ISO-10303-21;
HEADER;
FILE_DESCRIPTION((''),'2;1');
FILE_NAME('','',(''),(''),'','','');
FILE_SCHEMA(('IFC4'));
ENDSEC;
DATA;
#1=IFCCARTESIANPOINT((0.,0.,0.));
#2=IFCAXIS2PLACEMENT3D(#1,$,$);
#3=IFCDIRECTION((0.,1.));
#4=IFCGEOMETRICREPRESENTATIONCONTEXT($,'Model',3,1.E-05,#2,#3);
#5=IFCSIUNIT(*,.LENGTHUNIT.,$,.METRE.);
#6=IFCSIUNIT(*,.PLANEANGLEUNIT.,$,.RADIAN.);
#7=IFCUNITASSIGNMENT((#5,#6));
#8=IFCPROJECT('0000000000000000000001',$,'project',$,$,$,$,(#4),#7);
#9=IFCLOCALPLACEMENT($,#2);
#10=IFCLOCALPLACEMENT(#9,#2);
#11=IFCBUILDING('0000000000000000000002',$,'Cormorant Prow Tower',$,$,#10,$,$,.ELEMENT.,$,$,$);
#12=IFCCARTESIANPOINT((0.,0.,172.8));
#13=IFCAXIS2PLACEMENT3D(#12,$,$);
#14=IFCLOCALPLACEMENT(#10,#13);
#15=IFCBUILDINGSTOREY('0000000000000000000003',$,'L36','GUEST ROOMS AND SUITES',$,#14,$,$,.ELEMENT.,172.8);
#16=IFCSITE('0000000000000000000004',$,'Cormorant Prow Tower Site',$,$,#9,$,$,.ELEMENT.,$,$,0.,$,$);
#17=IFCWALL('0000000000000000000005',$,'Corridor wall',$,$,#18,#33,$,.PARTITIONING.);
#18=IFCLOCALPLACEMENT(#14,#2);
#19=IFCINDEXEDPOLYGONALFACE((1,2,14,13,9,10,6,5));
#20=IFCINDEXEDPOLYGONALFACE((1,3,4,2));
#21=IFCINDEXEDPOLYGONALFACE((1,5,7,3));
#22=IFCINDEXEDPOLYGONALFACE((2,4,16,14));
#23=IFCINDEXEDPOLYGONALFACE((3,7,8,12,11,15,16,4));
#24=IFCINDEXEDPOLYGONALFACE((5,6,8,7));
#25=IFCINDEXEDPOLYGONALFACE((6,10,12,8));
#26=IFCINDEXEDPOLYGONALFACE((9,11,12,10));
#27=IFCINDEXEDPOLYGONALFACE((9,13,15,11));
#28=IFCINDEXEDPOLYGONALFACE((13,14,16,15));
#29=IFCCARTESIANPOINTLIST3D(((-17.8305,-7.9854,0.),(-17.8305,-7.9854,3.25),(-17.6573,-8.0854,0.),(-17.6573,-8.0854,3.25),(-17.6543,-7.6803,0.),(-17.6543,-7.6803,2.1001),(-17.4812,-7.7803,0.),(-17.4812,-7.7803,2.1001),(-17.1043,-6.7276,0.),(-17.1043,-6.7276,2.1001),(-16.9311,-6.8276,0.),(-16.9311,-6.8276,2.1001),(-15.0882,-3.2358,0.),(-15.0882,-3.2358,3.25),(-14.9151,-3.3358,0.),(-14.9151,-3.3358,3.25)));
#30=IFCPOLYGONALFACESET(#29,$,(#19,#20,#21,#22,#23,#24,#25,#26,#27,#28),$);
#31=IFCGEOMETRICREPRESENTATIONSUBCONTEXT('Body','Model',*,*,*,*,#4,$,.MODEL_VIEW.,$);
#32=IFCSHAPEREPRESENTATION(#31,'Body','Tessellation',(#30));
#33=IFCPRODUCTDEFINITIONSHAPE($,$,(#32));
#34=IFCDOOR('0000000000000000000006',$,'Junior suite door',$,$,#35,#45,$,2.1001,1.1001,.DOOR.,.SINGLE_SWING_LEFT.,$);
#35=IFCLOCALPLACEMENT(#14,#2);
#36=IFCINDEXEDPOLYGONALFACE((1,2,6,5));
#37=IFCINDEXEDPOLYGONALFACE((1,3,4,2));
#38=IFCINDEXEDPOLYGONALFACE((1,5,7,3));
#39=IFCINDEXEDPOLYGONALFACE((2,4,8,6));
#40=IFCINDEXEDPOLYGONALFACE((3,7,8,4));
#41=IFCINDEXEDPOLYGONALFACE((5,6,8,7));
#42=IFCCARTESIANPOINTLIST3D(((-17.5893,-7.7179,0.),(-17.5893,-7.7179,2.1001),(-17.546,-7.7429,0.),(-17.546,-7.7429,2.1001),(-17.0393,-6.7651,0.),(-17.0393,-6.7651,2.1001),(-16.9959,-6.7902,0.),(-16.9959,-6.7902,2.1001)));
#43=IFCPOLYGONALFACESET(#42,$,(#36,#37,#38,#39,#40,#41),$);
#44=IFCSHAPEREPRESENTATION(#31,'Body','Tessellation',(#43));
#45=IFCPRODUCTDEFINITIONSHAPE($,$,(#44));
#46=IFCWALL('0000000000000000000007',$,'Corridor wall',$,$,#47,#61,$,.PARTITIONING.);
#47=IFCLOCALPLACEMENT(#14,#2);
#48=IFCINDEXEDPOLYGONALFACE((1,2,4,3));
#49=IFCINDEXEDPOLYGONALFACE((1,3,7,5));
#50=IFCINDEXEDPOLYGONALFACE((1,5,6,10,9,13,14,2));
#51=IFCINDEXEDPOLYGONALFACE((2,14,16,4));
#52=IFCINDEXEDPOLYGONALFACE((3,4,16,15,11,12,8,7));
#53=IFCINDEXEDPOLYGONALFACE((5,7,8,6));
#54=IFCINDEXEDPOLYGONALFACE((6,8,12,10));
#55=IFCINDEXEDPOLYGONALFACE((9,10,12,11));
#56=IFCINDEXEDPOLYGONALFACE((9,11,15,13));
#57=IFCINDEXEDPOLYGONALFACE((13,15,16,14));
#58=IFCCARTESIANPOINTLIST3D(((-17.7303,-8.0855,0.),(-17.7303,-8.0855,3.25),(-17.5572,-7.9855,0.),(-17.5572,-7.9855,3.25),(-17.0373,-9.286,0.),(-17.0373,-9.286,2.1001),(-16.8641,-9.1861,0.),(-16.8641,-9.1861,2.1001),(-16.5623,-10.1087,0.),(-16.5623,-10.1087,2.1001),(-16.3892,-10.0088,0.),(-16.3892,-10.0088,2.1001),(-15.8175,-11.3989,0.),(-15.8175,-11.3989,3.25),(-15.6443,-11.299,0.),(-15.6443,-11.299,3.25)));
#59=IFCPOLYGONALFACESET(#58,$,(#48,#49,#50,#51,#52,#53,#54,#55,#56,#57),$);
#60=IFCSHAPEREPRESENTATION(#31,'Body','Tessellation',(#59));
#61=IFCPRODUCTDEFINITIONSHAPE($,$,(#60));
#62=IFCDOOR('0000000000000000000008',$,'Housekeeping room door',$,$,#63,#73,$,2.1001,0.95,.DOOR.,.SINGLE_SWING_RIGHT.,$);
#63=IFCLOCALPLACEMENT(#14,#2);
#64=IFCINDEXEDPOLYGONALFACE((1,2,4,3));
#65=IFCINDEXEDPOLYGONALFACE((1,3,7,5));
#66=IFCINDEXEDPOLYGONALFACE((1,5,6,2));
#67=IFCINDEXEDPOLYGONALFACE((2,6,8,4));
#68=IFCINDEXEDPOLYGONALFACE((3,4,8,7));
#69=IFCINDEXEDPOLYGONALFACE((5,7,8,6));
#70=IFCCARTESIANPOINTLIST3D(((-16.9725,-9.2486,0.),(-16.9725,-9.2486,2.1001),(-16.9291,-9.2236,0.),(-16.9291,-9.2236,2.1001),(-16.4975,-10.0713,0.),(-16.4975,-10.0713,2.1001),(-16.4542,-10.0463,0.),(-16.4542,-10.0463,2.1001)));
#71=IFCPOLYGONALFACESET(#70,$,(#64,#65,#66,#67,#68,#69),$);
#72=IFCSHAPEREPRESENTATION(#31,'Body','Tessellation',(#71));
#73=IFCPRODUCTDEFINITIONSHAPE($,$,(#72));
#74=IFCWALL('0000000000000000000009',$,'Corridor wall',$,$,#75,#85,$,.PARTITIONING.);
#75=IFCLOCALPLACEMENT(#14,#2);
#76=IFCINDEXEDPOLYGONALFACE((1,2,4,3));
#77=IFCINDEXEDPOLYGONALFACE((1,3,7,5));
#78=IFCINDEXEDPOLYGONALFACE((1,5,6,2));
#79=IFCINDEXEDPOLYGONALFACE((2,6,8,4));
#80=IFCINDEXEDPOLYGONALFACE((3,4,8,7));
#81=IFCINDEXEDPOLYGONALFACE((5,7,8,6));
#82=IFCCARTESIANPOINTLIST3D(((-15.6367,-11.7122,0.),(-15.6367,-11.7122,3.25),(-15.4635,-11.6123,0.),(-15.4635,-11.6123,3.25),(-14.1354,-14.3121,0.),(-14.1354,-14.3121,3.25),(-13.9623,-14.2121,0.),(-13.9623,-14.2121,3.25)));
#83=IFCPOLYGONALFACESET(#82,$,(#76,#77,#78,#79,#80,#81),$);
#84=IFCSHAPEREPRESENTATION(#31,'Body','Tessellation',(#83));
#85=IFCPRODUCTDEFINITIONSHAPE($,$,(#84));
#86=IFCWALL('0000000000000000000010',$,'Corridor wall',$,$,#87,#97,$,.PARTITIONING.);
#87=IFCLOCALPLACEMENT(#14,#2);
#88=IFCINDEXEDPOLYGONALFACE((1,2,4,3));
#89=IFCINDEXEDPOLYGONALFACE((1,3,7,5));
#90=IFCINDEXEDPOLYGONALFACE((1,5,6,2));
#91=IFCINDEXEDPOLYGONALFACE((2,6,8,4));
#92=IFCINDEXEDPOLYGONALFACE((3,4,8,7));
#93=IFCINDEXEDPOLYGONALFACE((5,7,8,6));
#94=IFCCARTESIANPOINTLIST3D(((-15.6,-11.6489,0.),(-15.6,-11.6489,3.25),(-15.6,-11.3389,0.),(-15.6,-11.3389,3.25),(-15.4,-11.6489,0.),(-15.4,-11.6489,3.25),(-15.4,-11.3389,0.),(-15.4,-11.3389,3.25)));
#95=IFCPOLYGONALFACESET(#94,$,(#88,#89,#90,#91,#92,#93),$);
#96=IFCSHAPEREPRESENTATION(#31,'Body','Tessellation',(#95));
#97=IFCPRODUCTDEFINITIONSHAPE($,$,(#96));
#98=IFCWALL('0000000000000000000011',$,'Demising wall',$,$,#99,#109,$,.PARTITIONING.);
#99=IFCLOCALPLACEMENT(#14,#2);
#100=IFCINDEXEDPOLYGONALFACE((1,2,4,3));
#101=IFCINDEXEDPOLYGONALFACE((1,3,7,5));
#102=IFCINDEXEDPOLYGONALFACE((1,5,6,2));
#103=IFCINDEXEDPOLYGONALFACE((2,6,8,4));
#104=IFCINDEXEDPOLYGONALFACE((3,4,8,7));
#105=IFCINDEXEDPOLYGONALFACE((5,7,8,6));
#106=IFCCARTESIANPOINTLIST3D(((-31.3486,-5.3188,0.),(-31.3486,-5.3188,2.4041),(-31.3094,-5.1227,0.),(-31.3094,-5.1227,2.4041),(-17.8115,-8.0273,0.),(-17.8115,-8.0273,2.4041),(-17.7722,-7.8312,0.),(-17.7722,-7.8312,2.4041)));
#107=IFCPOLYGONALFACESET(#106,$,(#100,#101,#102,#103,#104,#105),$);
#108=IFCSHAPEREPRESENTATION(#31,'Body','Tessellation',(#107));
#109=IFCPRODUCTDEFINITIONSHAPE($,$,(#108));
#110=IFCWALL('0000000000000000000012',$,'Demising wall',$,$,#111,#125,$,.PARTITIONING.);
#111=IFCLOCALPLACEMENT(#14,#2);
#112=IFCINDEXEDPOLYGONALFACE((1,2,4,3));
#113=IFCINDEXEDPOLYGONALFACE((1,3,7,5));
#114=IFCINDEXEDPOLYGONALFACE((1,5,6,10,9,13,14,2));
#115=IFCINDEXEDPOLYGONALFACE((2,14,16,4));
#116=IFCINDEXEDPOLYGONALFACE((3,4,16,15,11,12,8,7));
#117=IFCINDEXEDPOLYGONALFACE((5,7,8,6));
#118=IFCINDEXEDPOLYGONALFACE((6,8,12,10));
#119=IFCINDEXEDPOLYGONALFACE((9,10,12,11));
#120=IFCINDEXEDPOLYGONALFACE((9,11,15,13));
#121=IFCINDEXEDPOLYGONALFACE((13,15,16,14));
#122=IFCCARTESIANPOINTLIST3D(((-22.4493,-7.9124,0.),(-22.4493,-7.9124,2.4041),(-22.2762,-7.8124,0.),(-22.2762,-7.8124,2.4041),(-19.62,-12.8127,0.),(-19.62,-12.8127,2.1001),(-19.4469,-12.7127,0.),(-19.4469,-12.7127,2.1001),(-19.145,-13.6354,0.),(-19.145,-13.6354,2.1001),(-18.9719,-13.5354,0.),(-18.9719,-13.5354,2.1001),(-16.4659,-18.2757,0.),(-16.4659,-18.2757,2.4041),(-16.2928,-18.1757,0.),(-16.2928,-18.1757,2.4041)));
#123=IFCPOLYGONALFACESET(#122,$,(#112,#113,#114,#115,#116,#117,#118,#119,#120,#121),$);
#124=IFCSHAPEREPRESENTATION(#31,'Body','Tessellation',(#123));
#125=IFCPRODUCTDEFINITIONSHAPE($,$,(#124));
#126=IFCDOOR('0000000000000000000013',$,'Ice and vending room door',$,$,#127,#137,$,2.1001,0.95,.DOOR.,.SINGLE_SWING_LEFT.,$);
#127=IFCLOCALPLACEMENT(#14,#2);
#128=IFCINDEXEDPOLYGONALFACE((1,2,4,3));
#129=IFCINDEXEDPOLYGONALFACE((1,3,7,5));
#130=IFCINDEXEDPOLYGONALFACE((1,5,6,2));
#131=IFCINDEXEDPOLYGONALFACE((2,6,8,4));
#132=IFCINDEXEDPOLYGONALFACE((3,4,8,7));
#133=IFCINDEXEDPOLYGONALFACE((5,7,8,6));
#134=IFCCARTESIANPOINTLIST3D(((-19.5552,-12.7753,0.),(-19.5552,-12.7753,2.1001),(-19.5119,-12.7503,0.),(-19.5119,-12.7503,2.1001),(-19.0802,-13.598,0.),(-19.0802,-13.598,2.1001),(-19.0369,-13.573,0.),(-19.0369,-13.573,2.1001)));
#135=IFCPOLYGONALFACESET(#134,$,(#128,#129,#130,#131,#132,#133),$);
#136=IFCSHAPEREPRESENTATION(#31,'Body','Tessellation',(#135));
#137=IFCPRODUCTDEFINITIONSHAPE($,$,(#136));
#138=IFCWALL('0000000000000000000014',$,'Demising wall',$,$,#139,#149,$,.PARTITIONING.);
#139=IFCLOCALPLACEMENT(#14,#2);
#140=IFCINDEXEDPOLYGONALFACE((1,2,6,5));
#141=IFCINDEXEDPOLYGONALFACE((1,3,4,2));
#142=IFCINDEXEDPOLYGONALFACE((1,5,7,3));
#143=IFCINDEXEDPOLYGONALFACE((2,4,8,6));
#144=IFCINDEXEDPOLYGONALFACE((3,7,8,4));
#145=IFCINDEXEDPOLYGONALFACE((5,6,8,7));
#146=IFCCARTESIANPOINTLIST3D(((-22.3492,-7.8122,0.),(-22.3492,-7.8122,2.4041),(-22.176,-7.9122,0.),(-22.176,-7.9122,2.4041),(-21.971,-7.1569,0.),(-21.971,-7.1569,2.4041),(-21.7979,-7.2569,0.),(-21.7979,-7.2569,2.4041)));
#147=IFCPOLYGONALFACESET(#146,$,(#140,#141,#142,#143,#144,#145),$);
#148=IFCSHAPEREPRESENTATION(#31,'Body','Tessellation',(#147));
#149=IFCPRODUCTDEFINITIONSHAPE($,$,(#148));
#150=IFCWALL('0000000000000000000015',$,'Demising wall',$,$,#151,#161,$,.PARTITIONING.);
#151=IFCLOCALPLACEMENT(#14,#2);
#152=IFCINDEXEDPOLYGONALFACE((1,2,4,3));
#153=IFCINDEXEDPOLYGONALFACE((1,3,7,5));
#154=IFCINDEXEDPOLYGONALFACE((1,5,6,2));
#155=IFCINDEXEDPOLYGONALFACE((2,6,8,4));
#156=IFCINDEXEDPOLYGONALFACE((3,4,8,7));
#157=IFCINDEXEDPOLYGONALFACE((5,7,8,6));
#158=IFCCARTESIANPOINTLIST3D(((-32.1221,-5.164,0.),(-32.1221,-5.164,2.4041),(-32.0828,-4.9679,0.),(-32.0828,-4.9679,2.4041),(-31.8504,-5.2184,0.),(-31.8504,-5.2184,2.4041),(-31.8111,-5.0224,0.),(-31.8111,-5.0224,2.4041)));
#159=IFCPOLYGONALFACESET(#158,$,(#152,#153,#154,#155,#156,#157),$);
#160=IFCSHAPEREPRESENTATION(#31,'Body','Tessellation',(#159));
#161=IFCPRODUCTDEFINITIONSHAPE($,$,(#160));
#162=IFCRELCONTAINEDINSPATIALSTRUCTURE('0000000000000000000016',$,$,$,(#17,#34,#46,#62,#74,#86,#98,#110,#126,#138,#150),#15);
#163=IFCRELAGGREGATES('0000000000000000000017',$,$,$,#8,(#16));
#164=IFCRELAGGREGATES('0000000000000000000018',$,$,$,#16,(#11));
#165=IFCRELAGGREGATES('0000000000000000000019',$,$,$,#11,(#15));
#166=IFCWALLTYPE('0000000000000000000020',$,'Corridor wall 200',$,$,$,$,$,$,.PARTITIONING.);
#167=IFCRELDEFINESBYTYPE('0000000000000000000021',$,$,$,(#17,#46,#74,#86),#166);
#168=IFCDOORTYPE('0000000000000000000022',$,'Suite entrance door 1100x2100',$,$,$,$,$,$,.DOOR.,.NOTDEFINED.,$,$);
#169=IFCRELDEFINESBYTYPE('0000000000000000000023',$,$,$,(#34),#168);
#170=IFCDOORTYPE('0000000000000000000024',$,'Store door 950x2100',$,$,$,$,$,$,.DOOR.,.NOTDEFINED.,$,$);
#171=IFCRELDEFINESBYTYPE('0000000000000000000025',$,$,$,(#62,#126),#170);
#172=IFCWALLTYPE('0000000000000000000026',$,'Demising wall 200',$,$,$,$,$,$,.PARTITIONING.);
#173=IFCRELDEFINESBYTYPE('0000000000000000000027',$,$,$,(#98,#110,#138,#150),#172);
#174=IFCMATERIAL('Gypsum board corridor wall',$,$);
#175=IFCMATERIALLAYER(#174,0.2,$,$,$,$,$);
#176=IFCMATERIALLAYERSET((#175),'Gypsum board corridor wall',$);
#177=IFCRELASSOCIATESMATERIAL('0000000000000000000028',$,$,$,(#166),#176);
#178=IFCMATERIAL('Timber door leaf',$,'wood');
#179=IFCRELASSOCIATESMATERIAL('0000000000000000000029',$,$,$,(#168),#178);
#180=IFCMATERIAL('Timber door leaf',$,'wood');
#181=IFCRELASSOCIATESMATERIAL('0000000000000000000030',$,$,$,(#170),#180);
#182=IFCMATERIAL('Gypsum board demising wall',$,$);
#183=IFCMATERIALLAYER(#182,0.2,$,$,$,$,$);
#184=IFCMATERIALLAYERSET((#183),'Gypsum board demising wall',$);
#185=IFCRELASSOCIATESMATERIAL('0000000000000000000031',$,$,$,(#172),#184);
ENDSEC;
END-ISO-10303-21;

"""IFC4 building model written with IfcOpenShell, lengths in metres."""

from ifc_helpers import new_model, si_unit, direction, frame, frame_2d, origin, place, context, subcontext, project, spatial, rectangle, extrude, material, layer, layer_set, type_object, element, fill, save


model = new_model("IFC4")

# Units and contexts
model_context = context("Model", 3, precision=1e-05, world=origin(), true_north=direction((0.0, 1.0)))
body_context = subcontext(model_context, "Body", "Model", "MODEL_VIEW")
ifc_project = project(units=[si_unit("LENGTHUNIT", "METRE"), si_unit("PLANEANGLEUNIT", "RADIAN")], contexts=[model_context])

# Site, building, storey
site_placement = place(None, origin())
site = spatial("IfcSite", under=ifc_project, at=site_placement, Name="Cormorant Prow Tower Site", CompositionType="ELEMENT", RefElevation=0.0)
building_placement = place(site_placement, origin())
building = spatial("IfcBuilding", under=site, at=building_placement, Name="Cormorant Prow Tower", CompositionType="ELEMENT")
storey_placement = place(building_placement, frame((0.0, 0.0, 172.8)))
storey = spatial("IfcBuildingStorey", under=building, at=storey_placement, Name="L36", Description="GUEST ROOMS AND SUITES", CompositionType="ELEMENT", Elevation=172.8)

# Walls, openings, doors
ifc_material_1 = material(Name="Gypsum board corridor wall")
ifc_layer_1 = layer(ifc_material_1, 0.2)
ifc_layer_set_1 = layer_set([ifc_layer_1], Name="Gypsum board corridor wall")
wall_type_1 = type_object("IfcWallType", Name="Corridor wall 200", PredefinedType="PARTITIONING", material=ifc_layer_set_1)
wall_1_placement = place(storey_placement, frame((-17.7439, -8.0354, 0.0), z_axis=(0.0, 0.0, 1.0), x_axis=(0.500008, 0.866021, 0.0)))
wall_1 = element("IfcWall", 1, at=wall_1_placement, inside=storey, type_object=wall_type_1, Name="Corridor wall", PredefinedType="PARTITIONING", context=body_context, shape_type="SweptSolid", body=[
    extrude(rectangle(XDim=5.4844, YDim=0.2, at=frame_2d((2.7422, 0.0))), origin(), (0.0, 0.0, 1.0), 3.25),
])
opening_1_placement = place(wall_1_placement, frame((0.3523, 0.0, 0.0)))
opening_1 = element("IfcOpeningElement", 2, at=opening_1_placement, cuts=wall_1, PredefinedType="OPENING", context=body_context, shape_type="SweptSolid", body=[
    extrude(rectangle(XDim=1.1001, YDim=2.1001, at=frame_2d((0.55, 1.05))), frame((0.0, 0.1099, 0.0), z_axis=(0.0, -1.0, 0.0), x_axis=(1.0, 0.0, 0.0)), (0.0, 0.0, 1.0), 0.22),
])
ifc_material_2 = material(Name="Timber door leaf", Category="wood")
door_type_1 = type_object("IfcDoorType", Name="Suite entrance door 1100x2100", OperationType="NOTDEFINED", PredefinedType="DOOR", material=ifc_material_2)
door_1_placement = place(opening_1_placement, origin())
door_1 = element("IfcDoor", 3, at=door_1_placement, inside=storey, type_object=door_type_1, Name="Junior suite door", OperationType="SINGLE_SWING_LEFT", OverallHeight=2.1001, OverallWidth=1.1001, PredefinedType="DOOR", context=body_context, shape_type="SweptSolid", body=[
    extrude(rectangle(XDim=1.1001, YDim=2.1001, at=frame_2d((0.55, 1.05))), frame((0.0, 0.0249, 0.0), z_axis=(0.0, -1.0, 0.0), x_axis=(1.0, 0.0, 0.0)), (0.0, 0.0, 1.0), 0.05),
])
fill(opening_1, door_1)
wall_2_placement = place(storey_placement, frame((-17.6438, -8.0354, 0.0), z_axis=(0.0, 0.0, 1.0), x_axis=(0.499962, -0.866047, 0.0)))
wall_2 = element("IfcWall", 4, at=wall_2_placement, inside=storey, type_object=wall_type_1, Name="Corridor wall", PredefinedType="PARTITIONING", context=body_context, shape_type="SweptSolid", body=[
    extrude(rectangle(XDim=3.8259, YDim=0.2, at=frame_2d((1.9131, 0.0))), origin(), (0.0, 0.0, 1.0), 3.25),
])
opening_2_placement = place(wall_2_placement, frame((1.3862, 0.0, 0.0)))
opening_2 = element("IfcOpeningElement", 5, at=opening_2_placement, cuts=wall_2, PredefinedType="OPENING", context=body_context, shape_type="SweptSolid", body=[
    extrude(rectangle(XDim=0.95, YDim=2.1001, at=frame_2d((0.4751, 1.05))), frame((0.0, 0.1099, 0.0), z_axis=(0.0, -1.0, 0.0), x_axis=(1.0, 0.0, 0.0)), (0.0, 0.0, 1.0), 0.22),
])
ifc_material_3 = material(Name="Timber door leaf", Category="wood")
door_type_2 = type_object("IfcDoorType", Name="Store door 950x2100", OperationType="NOTDEFINED", PredefinedType="DOOR", material=ifc_material_3)
door_2_placement = place(opening_2_placement, origin())
door_2 = element("IfcDoor", 6, at=door_2_placement, inside=storey, type_object=door_type_2, Name="Housekeeping room door", OperationType="SINGLE_SWING_RIGHT", OverallHeight=2.1001, OverallWidth=0.95, PredefinedType="DOOR", context=body_context, shape_type="SweptSolid", body=[
    extrude(rectangle(XDim=0.95, YDim=2.1001, at=frame_2d((0.4751, 1.05))), frame((0.0, 0.0249, 0.0), z_axis=(0.0, -1.0, 0.0), x_axis=(1.0, 0.0, 0.0)), (0.0, 0.0, 1.0), 0.05),
])
fill(opening_2, door_2)

# Walls
wall_3_placement = place(storey_placement, frame((-15.55, -11.6624, 0.0), z_axis=(0.0, 0.0, 1.0), x_axis=(0.500049, -0.865997, 0.0)))
element("IfcWall", 7, at=wall_3_placement, inside=storey, type_object=wall_type_1, Name="Corridor wall", PredefinedType="PARTITIONING", context=body_context, shape_type="SweptSolid", body=[
    extrude(rectangle(XDim=3.0022, YDim=0.2, at=frame_2d((1.501, 0.0))), origin(), (0.0, 0.0, 1.0), 3.25),
])
wall_4_placement = place(storey_placement, frame((-15.5, -11.6489, 0.0), z_axis=(0.0, 0.0, 1.0), x_axis=(0.0, 1.0, 0.0)))
element("IfcWall", 8, at=wall_4_placement, inside=storey, type_object=wall_type_1, Name="Corridor wall", PredefinedType="PARTITIONING", context=body_context, shape_type="SweptSolid", body=[
    extrude(rectangle(XDim=0.3101, YDim=0.2, at=frame_2d((0.155, 0.0))), origin(), (0.0, 0.0, 1.0), 3.25),
])
ifc_material_4 = material(Name="Gypsum board demising wall")
ifc_layer_2 = layer(ifc_material_4, 0.2)
ifc_layer_set_2 = layer_set([ifc_layer_2], Name="Gypsum board demising wall")
wall_type_2 = type_object("IfcWallType", Name="Demising wall 200", PredefinedType="PARTITIONING", material=ifc_layer_set_2)
wall_5_placement = place(storey_placement, frame((-31.3291, -5.2207, 0.0), z_axis=(0.0, 0.0, 1.0), x_axis=(0.980566, -0.196191, 0.0)))
element("IfcWall", 9, at=wall_5_placement, inside=storey, type_object=wall_type_2, Name="Demising wall", PredefinedType="PARTITIONING", context=body_context, shape_type="SweptSolid", body=[
    extrude(rectangle(XDim=13.8054, YDim=0.2, at=frame_2d((6.9028, 0.0))), origin(), (0.0, 0.0, 1.0), 2.4041),
])

# Wall, opening, door
wall_6_placement = place(storey_placement, frame((-22.3628, -7.8623, 0.0), z_axis=(0.0, 0.0, 1.0), x_axis=(0.50001, -0.86602, 0.0)))
wall_6 = element("IfcWall", 10, at=wall_6_placement, inside=storey, type_object=wall_type_2, Name="Demising wall", PredefinedType="PARTITIONING", context=body_context, shape_type="SweptSolid", body=[
    extrude(rectangle(XDim=11.9666, YDim=0.2, at=frame_2d((5.9834, 0.0))), origin(), (0.0, 0.0, 1.0), 2.4041),
])
opening_3_placement = place(wall_6_placement, frame((5.6584, 0.0, 0.0)))
opening_3 = element("IfcOpeningElement", 11, at=opening_3_placement, cuts=wall_6, PredefinedType="OPENING", context=body_context, shape_type="SweptSolid", body=[
    extrude(rectangle(XDim=0.95, YDim=2.1001, at=frame_2d((0.4751, 1.05))), frame((0.0, 0.1099, 0.0), z_axis=(0.0, -1.0, 0.0), x_axis=(1.0, 0.0, 0.0)), (0.0, 0.0, 1.0), 0.22),
])
door_3_placement = place(opening_3_placement, origin())
door_3 = element("IfcDoor", 12, at=door_3_placement, inside=storey, type_object=door_type_2, Name="Ice and vending room door", OperationType="SINGLE_SWING_LEFT", OverallHeight=2.1001, OverallWidth=0.95, PredefinedType="DOOR", context=body_context, shape_type="SweptSolid", body=[
    extrude(rectangle(XDim=0.95, YDim=2.1001, at=frame_2d((0.4751, 1.05))), frame((0.0, 0.0249, 0.0), z_axis=(0.0, -1.0, 0.0), x_axis=(1.0, 0.0, 0.0)), (0.0, 0.0, 1.0), 0.05),
])
fill(opening_3, door_3)

# Walls
wall_7_placement = place(storey_placement, frame((-22.2627, -7.8623, 0.0), z_axis=(0.0, 0.0, 1.0), x_axis=(0.499853, 0.86611, 0.0)))
element("IfcWall", 13, at=wall_7_placement, inside=storey, type_object=wall_type_2, Name="Demising wall", PredefinedType="PARTITIONING", context=body_context, shape_type="SweptSolid", body=[
    extrude(rectangle(XDim=0.7566, YDim=0.2, at=frame_2d((0.3784, 0.0))), origin(), (0.0, 0.0, 1.0), 2.4041),
])
wall_8_placement = place(storey_placement, frame((-32.1025, -5.0659, 0.0), z_axis=(0.0, 0.0, 1.0), x_axis=(0.980513, -0.196455, 0.0)))
element("IfcWall", 14, at=wall_8_placement, inside=storey, type_object=wall_type_2, Name="Demising wall", PredefinedType="PARTITIONING", context=body_context, shape_type="SweptSolid", body=[
    extrude(rectangle(XDim=0.2771, YDim=0.2, at=frame_2d((0.1387, 0.0))), origin(), (0.0, 0.0, 1.0), 2.4041),
])

save(model, "model.ifc")
